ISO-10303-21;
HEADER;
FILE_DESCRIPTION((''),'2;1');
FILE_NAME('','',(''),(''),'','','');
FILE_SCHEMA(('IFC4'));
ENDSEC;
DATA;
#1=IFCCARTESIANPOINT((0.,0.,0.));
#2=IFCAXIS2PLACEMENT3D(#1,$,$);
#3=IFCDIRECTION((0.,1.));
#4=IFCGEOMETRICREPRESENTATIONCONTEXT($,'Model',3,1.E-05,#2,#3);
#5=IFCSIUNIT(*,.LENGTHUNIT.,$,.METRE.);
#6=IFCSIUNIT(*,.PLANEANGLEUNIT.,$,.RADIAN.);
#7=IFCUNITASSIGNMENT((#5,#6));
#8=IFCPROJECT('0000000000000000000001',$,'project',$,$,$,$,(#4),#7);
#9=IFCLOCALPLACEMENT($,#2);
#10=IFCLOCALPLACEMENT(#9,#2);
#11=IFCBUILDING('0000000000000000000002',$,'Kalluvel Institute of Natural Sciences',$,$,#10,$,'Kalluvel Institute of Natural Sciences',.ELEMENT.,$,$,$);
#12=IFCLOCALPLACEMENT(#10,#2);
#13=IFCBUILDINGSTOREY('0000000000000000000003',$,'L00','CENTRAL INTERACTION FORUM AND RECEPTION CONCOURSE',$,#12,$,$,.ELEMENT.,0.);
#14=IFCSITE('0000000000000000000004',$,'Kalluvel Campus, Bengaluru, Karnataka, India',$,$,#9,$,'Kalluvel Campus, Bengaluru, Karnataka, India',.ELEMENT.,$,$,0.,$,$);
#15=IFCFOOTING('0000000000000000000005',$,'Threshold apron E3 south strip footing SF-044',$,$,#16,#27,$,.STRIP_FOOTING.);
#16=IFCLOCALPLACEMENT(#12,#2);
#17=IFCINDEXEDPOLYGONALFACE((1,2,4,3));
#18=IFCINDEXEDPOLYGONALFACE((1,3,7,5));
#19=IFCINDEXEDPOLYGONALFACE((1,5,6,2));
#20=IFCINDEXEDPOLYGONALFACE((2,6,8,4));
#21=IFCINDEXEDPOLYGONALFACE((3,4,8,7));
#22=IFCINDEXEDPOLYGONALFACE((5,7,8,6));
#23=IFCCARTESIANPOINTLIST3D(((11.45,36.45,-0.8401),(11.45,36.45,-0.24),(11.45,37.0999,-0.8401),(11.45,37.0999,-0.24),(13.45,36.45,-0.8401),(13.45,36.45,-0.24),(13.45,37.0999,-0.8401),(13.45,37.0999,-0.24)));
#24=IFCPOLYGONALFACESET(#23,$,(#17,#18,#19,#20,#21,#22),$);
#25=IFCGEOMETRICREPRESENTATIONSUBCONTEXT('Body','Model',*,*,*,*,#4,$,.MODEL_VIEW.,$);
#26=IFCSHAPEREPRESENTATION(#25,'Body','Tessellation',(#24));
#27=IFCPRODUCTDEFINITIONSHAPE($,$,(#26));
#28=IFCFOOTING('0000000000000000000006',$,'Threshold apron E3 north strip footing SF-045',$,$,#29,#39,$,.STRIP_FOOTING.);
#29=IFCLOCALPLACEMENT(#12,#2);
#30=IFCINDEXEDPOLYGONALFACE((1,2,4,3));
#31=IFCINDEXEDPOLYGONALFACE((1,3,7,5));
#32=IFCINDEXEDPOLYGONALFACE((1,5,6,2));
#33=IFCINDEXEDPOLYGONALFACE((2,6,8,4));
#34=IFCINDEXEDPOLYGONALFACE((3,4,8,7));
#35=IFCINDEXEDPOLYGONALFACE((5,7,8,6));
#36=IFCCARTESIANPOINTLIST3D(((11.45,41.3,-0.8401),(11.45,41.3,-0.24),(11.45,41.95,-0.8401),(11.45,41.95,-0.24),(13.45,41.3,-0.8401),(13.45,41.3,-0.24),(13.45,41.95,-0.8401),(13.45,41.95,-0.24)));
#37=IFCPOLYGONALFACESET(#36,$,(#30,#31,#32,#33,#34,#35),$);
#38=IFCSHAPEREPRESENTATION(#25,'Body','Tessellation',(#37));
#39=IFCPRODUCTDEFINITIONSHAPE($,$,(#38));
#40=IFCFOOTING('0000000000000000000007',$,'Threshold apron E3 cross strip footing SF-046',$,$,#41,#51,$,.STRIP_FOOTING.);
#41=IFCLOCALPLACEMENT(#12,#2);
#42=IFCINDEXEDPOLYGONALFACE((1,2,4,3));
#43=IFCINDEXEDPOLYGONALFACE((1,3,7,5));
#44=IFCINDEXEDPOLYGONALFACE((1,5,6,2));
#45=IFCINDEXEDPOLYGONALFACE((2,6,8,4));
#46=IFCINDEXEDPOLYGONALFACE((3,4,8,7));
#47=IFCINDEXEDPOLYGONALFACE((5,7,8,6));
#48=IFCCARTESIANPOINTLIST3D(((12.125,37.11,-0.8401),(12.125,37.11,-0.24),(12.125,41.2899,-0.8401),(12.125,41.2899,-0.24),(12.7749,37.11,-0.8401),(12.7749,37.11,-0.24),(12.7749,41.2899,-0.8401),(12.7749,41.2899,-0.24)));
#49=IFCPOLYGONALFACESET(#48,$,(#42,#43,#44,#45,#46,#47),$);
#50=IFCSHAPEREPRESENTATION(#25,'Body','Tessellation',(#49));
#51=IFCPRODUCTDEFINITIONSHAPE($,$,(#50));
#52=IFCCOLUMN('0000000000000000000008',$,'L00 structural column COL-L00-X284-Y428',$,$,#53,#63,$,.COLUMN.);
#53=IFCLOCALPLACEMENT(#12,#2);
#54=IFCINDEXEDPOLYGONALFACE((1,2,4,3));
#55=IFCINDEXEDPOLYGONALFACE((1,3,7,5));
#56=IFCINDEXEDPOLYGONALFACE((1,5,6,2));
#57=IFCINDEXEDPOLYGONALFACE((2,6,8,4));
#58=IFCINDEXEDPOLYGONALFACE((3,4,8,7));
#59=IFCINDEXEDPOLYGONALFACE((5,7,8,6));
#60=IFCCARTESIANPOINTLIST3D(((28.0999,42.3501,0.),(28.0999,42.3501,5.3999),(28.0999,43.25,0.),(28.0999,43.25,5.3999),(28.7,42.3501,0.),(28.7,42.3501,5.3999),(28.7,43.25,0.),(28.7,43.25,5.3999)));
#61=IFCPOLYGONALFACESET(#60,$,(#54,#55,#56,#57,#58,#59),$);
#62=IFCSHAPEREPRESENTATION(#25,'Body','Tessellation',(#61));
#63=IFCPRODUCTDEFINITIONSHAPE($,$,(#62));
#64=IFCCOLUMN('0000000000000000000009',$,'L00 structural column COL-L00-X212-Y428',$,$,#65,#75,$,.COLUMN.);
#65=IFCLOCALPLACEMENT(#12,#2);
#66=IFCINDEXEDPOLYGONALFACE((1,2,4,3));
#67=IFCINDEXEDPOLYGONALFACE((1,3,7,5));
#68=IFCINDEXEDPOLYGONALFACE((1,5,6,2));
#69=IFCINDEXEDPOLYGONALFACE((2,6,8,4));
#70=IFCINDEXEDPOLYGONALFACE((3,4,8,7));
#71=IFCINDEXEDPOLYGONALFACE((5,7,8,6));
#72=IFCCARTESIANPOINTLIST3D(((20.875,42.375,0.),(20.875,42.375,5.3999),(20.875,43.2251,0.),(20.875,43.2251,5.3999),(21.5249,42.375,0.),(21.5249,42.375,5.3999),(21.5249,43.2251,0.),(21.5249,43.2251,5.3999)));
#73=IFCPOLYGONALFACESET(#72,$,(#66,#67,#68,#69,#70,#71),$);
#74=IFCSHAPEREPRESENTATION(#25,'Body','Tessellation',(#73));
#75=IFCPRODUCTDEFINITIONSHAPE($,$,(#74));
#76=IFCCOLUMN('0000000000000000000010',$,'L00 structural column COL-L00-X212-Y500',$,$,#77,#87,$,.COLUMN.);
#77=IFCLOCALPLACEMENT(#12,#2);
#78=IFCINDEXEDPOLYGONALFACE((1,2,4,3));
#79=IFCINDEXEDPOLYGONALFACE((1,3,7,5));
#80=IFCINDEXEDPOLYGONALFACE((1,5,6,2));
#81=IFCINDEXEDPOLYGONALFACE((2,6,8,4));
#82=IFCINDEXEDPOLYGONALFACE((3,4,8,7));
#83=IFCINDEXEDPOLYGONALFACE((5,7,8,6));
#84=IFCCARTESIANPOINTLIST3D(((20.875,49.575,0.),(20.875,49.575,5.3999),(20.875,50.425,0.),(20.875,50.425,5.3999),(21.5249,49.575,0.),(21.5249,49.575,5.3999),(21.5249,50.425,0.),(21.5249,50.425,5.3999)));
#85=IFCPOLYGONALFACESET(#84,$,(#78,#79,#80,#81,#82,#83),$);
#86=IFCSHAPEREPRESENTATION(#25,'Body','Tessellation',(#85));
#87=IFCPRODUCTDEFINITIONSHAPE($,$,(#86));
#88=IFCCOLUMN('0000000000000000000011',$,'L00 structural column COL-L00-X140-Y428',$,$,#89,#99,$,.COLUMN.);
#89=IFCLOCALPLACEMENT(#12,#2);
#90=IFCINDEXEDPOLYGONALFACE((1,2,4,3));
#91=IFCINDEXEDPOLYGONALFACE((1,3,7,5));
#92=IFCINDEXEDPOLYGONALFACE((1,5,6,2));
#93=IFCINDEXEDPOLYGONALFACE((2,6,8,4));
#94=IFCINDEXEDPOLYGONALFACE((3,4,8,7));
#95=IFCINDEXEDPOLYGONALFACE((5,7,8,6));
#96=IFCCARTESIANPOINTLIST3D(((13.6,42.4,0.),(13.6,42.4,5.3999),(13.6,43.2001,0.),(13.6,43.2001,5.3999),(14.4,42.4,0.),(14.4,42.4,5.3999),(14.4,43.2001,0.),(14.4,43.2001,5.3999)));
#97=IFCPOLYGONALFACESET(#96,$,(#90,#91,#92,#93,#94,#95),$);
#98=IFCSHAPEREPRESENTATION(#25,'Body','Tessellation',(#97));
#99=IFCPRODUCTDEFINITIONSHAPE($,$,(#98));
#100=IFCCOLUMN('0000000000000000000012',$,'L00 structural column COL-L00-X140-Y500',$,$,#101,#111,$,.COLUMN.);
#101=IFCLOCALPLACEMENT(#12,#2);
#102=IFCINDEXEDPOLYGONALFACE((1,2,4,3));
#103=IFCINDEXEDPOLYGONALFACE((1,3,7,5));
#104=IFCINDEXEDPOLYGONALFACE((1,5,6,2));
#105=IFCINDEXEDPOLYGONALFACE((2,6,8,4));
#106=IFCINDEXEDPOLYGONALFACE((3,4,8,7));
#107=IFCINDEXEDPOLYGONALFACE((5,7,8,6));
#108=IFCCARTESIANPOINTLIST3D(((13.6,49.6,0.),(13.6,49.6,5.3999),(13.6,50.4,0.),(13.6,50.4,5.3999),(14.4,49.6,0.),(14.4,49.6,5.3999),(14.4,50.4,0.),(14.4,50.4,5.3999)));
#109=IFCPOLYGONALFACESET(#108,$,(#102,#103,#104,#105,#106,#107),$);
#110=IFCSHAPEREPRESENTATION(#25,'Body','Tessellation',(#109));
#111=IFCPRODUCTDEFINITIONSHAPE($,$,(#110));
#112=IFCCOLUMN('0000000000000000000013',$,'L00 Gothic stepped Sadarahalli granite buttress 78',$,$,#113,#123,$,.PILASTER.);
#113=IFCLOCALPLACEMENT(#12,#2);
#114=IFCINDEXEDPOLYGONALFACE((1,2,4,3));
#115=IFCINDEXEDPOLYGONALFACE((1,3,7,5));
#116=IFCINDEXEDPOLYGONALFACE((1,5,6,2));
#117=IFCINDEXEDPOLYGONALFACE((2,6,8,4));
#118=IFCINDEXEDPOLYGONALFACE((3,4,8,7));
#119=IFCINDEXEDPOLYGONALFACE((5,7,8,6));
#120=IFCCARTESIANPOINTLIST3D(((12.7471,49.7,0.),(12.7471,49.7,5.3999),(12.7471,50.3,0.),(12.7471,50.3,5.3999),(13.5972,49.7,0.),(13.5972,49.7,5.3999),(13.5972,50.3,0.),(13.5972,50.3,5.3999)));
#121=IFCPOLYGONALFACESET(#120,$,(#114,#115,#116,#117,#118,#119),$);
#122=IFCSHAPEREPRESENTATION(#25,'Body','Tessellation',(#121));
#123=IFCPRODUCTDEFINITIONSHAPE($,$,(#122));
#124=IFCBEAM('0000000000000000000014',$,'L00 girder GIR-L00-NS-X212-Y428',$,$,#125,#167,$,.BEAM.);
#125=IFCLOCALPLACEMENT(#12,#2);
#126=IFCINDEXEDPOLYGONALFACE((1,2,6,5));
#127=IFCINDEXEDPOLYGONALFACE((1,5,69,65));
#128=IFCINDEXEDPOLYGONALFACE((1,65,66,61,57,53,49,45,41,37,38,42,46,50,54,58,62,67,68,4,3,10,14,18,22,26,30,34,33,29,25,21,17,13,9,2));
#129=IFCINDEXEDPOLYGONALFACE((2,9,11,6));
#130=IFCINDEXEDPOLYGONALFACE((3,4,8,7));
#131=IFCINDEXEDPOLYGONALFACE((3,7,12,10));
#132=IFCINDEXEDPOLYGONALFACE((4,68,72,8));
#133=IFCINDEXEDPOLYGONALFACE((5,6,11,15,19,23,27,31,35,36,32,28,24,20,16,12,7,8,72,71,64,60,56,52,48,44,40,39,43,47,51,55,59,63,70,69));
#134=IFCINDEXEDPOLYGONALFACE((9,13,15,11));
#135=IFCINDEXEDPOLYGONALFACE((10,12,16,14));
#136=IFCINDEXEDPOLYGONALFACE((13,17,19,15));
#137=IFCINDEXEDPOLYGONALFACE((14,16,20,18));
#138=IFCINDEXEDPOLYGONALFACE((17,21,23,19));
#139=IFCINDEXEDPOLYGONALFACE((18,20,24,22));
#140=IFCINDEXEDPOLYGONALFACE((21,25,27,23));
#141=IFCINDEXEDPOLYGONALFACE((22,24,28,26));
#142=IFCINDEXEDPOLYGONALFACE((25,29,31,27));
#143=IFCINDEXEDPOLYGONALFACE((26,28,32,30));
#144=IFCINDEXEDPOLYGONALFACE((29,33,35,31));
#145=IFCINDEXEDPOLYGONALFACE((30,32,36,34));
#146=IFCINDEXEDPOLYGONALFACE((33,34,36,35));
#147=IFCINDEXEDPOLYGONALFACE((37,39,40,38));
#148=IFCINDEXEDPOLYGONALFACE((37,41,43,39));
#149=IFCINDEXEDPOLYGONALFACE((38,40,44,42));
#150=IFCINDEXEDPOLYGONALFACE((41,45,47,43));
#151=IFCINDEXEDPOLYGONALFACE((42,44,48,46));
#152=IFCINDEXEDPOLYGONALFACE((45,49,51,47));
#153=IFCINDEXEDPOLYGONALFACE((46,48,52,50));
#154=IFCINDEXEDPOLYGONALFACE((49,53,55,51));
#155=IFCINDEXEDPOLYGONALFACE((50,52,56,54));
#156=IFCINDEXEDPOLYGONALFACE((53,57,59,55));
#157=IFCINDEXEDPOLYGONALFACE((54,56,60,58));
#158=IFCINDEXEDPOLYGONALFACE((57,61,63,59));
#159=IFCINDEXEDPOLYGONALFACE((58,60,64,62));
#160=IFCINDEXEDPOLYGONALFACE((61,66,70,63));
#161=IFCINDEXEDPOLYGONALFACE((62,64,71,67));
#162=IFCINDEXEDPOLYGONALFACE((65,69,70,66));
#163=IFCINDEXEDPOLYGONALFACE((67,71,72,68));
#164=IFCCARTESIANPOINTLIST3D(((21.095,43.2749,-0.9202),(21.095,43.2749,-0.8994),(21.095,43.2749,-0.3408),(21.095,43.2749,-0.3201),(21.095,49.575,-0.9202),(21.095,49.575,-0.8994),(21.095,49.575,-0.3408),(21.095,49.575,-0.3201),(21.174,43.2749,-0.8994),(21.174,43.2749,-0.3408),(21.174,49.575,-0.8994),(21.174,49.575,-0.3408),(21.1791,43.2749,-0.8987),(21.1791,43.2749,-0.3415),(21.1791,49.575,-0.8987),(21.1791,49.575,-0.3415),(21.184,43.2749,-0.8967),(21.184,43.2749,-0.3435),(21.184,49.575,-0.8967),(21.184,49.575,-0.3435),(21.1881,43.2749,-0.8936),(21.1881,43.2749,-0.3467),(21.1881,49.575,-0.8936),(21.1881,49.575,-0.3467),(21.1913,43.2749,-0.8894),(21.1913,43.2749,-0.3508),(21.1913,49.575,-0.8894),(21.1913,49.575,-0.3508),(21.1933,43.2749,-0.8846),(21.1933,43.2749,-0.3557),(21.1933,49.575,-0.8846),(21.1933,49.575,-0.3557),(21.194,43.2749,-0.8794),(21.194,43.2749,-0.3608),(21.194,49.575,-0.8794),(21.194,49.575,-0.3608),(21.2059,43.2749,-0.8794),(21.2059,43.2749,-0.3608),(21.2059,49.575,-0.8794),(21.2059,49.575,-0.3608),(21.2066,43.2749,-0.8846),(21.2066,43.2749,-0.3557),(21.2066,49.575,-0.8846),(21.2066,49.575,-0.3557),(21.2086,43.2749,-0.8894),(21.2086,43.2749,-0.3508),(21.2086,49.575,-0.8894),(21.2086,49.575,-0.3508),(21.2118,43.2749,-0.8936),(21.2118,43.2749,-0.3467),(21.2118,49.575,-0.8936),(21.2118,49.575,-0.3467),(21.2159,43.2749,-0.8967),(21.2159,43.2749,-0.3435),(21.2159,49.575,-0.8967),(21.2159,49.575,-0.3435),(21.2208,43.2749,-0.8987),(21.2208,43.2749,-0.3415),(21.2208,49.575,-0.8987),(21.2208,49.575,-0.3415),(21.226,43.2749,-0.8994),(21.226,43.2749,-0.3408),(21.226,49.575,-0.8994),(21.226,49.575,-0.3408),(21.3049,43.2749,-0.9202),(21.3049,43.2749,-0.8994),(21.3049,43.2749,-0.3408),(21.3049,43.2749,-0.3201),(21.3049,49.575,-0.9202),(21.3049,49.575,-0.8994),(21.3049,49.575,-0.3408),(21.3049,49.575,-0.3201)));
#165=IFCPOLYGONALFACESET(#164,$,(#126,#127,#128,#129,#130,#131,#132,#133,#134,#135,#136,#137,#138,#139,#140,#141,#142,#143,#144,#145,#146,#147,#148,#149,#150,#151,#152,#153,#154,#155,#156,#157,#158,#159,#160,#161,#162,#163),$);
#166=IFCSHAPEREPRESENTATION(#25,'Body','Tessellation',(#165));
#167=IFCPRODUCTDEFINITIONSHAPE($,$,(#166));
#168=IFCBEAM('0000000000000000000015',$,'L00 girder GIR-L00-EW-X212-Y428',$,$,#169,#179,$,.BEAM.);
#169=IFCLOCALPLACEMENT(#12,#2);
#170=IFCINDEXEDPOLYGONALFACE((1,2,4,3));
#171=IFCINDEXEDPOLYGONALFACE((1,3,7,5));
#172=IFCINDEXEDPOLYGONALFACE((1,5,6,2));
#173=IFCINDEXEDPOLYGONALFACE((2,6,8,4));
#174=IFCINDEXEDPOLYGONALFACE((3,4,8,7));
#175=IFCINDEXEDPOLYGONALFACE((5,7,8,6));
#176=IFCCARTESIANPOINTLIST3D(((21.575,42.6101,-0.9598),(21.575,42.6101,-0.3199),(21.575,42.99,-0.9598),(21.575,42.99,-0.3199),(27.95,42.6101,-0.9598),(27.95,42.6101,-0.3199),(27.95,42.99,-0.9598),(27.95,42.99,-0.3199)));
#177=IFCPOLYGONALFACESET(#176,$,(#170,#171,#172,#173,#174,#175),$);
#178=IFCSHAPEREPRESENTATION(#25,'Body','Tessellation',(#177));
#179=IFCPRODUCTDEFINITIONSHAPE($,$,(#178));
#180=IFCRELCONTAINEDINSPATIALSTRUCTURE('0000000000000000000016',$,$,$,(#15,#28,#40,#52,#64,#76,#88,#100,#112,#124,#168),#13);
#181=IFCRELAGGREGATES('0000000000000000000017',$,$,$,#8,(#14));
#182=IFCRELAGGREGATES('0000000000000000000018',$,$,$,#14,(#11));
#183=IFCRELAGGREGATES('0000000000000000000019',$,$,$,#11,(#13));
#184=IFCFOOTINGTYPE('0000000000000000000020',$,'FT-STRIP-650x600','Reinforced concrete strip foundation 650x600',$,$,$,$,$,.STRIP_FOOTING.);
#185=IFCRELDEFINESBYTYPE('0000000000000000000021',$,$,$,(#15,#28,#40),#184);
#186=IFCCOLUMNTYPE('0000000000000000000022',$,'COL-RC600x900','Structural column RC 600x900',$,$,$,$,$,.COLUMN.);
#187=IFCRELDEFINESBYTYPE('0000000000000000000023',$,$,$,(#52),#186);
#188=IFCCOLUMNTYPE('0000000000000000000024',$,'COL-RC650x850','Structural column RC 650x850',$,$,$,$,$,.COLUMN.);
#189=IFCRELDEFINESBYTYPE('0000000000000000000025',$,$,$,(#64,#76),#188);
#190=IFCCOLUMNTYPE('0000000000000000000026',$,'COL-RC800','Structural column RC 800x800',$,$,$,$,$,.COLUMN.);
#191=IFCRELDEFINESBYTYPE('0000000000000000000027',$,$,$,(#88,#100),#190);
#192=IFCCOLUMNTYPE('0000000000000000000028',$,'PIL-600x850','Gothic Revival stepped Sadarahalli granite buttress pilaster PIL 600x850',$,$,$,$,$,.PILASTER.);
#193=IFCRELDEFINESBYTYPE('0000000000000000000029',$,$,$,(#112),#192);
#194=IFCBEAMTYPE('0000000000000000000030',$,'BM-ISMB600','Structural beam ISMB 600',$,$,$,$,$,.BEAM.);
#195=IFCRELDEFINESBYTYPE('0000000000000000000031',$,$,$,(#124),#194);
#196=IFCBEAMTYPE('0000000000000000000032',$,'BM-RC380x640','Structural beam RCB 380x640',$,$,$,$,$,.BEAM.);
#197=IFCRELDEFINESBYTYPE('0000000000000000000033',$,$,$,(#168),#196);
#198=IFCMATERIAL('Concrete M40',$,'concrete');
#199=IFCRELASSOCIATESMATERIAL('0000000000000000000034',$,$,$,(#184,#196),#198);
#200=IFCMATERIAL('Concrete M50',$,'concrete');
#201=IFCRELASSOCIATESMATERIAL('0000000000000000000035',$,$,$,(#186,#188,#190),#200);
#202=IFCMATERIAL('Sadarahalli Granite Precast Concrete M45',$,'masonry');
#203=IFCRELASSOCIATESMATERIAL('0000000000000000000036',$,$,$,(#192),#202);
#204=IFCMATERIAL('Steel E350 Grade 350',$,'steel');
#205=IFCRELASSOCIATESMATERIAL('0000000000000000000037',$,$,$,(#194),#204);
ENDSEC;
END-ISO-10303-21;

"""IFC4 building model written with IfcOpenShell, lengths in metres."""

from ifc_helpers import new_model, si_unit, direction, frame, origin, origin_2d, place, context, subcontext, project, spatial, rectangle, i_section, extrude, material, material_profile, profile_set, type_object, element, save


model = new_model("IFC4")

# Units and contexts
model_context = context("Model", 3, precision=1e-05, world=origin(), true_north=direction((0.0, 1.0)))
body_context = subcontext(model_context, "Body", "Model", "MODEL_VIEW")
ifc_project = project(units=[si_unit("LENGTHUNIT", "METRE"), si_unit("PLANEANGLEUNIT", "RADIAN")], contexts=[model_context])

# Site, building, storey
site_placement = place(None, origin())
site = spatial("IfcSite", under=ifc_project, at=site_placement, Name="Kalluvel Campus, Bengaluru, Karnataka, India", LongName="Kalluvel Campus, Bengaluru, Karnataka, India", CompositionType="ELEMENT", RefElevation=0.0)
building_placement = place(site_placement, origin())
building = spatial("IfcBuilding", under=site, at=building_placement, Name="Kalluvel Institute of Natural Sciences", LongName="Kalluvel Institute of Natural Sciences", CompositionType="ELEMENT")
storey_placement = place(building_placement, origin())
storey = spatial("IfcBuildingStorey", under=building, at=storey_placement, Name="L00", Description="CENTRAL INTERACTION FORUM AND RECEPTION CONCOURSE", CompositionType="ELEMENT", Elevation=0.0)

# Footings
ifc_material_1 = material(Name="Concrete M40", Category="concrete")
footing_type = type_object("IfcFootingType", Name="FT-STRIP-650x600", Description="Reinforced concrete strip foundation 650x600", PredefinedType="STRIP_FOOTING", material=ifc_material_1)
for number, where, z_axis, x_axis, name in (
    (1, (12.45, 36.7749, -0.8401), (0.0, 0.0, 1.0), (1.0, 0.0, 0.0), "Threshold apron E3 south strip footing SF-044"),
    (2, (12.45, 41.625, -0.8401), (0.0, 0.0, 1.0), (1.0, 0.0, 0.0), "Threshold apron E3 north strip footing SF-045"),
):
    element("IfcFooting", number, at=place(storey_placement, frame(where, z_axis=z_axis, x_axis=x_axis)), inside=storey, type_object=footing_type, Name=name, PredefinedType="STRIP_FOOTING", context=body_context, shape_type="SweptSolid", body=[
        extrude(rectangle(XDim=2.0, YDim=0.6499, at=origin_2d()), origin(), (0.0, 0.0, 1.0), 0.6001),
    ])
footing_placement = place(storey_placement, frame((12.45, 39.2, -0.8401), z_axis=(0.0, 0.0, 1.0), x_axis=(1.0, 0.0, 0.0)))
element("IfcFooting", 3, at=footing_placement, inside=storey, type_object=footing_type, Name="Threshold apron E3 cross strip footing SF-046", PredefinedType="STRIP_FOOTING", context=body_context, shape_type="SweptSolid", body=[
    extrude(rectangle(XDim=0.6499, YDim=4.1799, at=origin_2d()), origin(), (0.0, 0.0, 1.0), 0.6001),
])

# Columns
ifc_material_2 = material(Name="Concrete M50", Category="concrete")
ifc_material_profile_1 = material_profile(ifc_material_2, rectangle(XDim=0.6001, YDim=0.8999, at=origin_2d()), Name="RC 600x900")
ifc_profile_set_1 = profile_set([ifc_material_profile_1], Name="Concrete M50")
column_type_1 = type_object("IfcColumnType", Name="COL-RC600x900", Description="Structural column RC 600x900", PredefinedType="COLUMN", material=ifc_profile_set_1)
column_1_placement = place(storey_placement, frame((28.3999, 42.8, 0.0), z_axis=(0.0, 0.0, 1.0), x_axis=(1.0, 0.0, 0.0)))
element("IfcColumn", 4, at=column_1_placement, inside=storey, type_object=column_type_1, Name="L00 structural column COL-L00-X284-Y428", PredefinedType="COLUMN", context=body_context, shape_type="SweptSolid", body=[
    extrude(rectangle(XDim=0.6001, YDim=0.8999, at=origin_2d()), origin(), (0.0, 0.0, 1.0), 5.3999),
])
ifc_material_profile_2 = material_profile(ifc_material_2, rectangle(XDim=0.6499, YDim=0.8501, at=origin_2d()), Name="RC 650x850")
ifc_profile_set_2 = profile_set([ifc_material_profile_2], Name="Concrete M50")
column_type_2 = type_object("IfcColumnType", Name="COL-RC650x850", Description="Structural column RC 650x850", PredefinedType="COLUMN", material=ifc_profile_set_2)
for number, where, z_axis, x_axis, name in (
    (5, (21.2, 42.8, 0.0), (0.0, 0.0, 1.0), (1.0, 0.0, 0.0), "L00 structural column COL-L00-X212-Y428"),
    (6, (21.2, 50.0, 0.0), (0.0, 0.0, 1.0), (1.0, 0.0, 0.0), "L00 structural column COL-L00-X212-Y500"),
):
    element("IfcColumn", number, at=place(storey_placement, frame(where, z_axis=z_axis, x_axis=x_axis)), inside=storey, type_object=column_type_2, Name=name, PredefinedType="COLUMN", context=body_context, shape_type="SweptSolid", body=[
        extrude(rectangle(XDim=0.6499, YDim=0.8501, at=origin_2d()), origin(), (0.0, 0.0, 1.0), 5.3999),
    ])
ifc_material_profile_3 = material_profile(ifc_material_2, rectangle(XDim=0.8, YDim=0.8, at=origin_2d()), Name="RC 800x800")
ifc_profile_set_3 = profile_set([ifc_material_profile_3], Name="Concrete M50")
column_type_3 = type_object("IfcColumnType", Name="COL-RC800", Description="Structural column RC 800x800", PredefinedType="COLUMN", material=ifc_profile_set_3)
for number, where, z_axis, x_axis, name in (
    (7, (14.0, 42.8, 0.0), (0.0, 0.0, 1.0), (1.0, 0.0, 0.0), "L00 structural column COL-L00-X140-Y428"),
    (8, (14.0, 50.0, 0.0), (0.0, 0.0, 1.0), (1.0, 0.0, 0.0), "L00 structural column COL-L00-X140-Y500"),
):
    element("IfcColumn", number, at=place(storey_placement, frame(where, z_axis=z_axis, x_axis=x_axis)), inside=storey, type_object=column_type_3, Name=name, PredefinedType="COLUMN", context=body_context, shape_type="SweptSolid", body=[
        extrude(rectangle(XDim=0.8, YDim=0.8, at=origin_2d()), origin(), (0.0, 0.0, 1.0), 5.3999),
    ])
ifc_material_3 = material(Name="Sadarahalli Granite Precast Concrete M45", Category="masonry")
ifc_material_profile_4 = material_profile(ifc_material_3, rectangle(XDim=0.6001, YDim=0.8501, at=origin_2d()), Name="PIL 600x850")
ifc_profile_set_4 = profile_set([ifc_material_profile_4], Name="Sadarahalli Granite Precast Concrete M45")
column_type_4 = type_object("IfcColumnType", Name="PIL-600x850", Description="Gothic Revival stepped Sadarahalli granite buttress pilaster PIL 600x850", PredefinedType="PILASTER", material=ifc_profile_set_4)
column_2_placement = place(storey_placement, frame((13.1721, 50.0, 0.0), z_axis=(0.0, 0.0, 1.0), x_axis=(0.0, 1.0, 0.0)))
element("IfcColumn", 9, at=column_2_placement, inside=storey, type_object=column_type_4, Name="L00 Gothic stepped Sadarahalli granite buttress 78", PredefinedType="PILASTER", context=body_context, shape_type="SweptSolid", body=[
    extrude(rectangle(XDim=0.6001, YDim=0.8501, at=origin_2d()), origin(), (0.0, 0.0, 1.0), 5.3999),
])

# Beams
ifc_material_4 = material(Name="Steel E350 Grade 350", Category="steel")
ifc_material_profile_5 = material_profile(ifc_material_4, i_section(OverallWidth=0.21, OverallDepth=0.6001, WebThickness=0.012, FlangeThickness=0.0208, FilletRadius=0.02, at=origin_2d()), Name="ISMB 600")
ifc_profile_set_5 = profile_set([ifc_material_profile_5], Name="Steel E350 Grade 350")
beam_type_1 = type_object("IfcBeamType", Name="BM-ISMB600", Description="Structural beam ISMB 600", PredefinedType="BEAM", material=ifc_profile_set_5)
beam_1_placement = place(storey_placement, frame((21.2, 43.2749, -0.6201), z_axis=(0.0, 1.0, 0.0), x_axis=(-1.0, 0.0, 0.0)))
element("IfcBeam", 10, at=beam_1_placement, inside=storey, type_object=beam_type_1, Name="L00 girder GIR-L00-NS-X212-Y428", PredefinedType="BEAM", context=body_context, shape_type="SweptSolid", body=[
    extrude(i_section(OverallWidth=0.21, OverallDepth=0.6001, WebThickness=0.012, FlangeThickness=0.0208, FilletRadius=0.02, at=origin_2d()), origin(), (0.0, 0.0, 1.0), 6.3),
])
ifc_material_profile_6 = material_profile(ifc_material_1, rectangle(XDim=0.3799, YDim=0.6399, at=origin_2d()), Name="RCB 380x640")
ifc_profile_set_6 = profile_set([ifc_material_profile_6], Name="Concrete M40")
beam_type_2 = type_object("IfcBeamType", Name="BM-RC380x640", Description="Structural beam RCB 380x640", PredefinedType="BEAM", material=ifc_profile_set_6)
beam_2_placement = place(storey_placement, frame((21.575, 42.8, -0.6399), z_axis=(1.0, 0.0, 0.0), x_axis=(0.0, 1.0, 0.0)))
element("IfcBeam", 11, at=beam_2_placement, inside=storey, type_object=beam_type_2, Name="L00 girder GIR-L00-EW-X212-Y428", PredefinedType="BEAM", context=body_context, shape_type="SweptSolid", body=[
    extrude(rectangle(XDim=0.3799, YDim=0.6399, at=origin_2d()), origin(), (0.0, 0.0, 1.0), 6.375),
])

save(model, "model.ifc")
